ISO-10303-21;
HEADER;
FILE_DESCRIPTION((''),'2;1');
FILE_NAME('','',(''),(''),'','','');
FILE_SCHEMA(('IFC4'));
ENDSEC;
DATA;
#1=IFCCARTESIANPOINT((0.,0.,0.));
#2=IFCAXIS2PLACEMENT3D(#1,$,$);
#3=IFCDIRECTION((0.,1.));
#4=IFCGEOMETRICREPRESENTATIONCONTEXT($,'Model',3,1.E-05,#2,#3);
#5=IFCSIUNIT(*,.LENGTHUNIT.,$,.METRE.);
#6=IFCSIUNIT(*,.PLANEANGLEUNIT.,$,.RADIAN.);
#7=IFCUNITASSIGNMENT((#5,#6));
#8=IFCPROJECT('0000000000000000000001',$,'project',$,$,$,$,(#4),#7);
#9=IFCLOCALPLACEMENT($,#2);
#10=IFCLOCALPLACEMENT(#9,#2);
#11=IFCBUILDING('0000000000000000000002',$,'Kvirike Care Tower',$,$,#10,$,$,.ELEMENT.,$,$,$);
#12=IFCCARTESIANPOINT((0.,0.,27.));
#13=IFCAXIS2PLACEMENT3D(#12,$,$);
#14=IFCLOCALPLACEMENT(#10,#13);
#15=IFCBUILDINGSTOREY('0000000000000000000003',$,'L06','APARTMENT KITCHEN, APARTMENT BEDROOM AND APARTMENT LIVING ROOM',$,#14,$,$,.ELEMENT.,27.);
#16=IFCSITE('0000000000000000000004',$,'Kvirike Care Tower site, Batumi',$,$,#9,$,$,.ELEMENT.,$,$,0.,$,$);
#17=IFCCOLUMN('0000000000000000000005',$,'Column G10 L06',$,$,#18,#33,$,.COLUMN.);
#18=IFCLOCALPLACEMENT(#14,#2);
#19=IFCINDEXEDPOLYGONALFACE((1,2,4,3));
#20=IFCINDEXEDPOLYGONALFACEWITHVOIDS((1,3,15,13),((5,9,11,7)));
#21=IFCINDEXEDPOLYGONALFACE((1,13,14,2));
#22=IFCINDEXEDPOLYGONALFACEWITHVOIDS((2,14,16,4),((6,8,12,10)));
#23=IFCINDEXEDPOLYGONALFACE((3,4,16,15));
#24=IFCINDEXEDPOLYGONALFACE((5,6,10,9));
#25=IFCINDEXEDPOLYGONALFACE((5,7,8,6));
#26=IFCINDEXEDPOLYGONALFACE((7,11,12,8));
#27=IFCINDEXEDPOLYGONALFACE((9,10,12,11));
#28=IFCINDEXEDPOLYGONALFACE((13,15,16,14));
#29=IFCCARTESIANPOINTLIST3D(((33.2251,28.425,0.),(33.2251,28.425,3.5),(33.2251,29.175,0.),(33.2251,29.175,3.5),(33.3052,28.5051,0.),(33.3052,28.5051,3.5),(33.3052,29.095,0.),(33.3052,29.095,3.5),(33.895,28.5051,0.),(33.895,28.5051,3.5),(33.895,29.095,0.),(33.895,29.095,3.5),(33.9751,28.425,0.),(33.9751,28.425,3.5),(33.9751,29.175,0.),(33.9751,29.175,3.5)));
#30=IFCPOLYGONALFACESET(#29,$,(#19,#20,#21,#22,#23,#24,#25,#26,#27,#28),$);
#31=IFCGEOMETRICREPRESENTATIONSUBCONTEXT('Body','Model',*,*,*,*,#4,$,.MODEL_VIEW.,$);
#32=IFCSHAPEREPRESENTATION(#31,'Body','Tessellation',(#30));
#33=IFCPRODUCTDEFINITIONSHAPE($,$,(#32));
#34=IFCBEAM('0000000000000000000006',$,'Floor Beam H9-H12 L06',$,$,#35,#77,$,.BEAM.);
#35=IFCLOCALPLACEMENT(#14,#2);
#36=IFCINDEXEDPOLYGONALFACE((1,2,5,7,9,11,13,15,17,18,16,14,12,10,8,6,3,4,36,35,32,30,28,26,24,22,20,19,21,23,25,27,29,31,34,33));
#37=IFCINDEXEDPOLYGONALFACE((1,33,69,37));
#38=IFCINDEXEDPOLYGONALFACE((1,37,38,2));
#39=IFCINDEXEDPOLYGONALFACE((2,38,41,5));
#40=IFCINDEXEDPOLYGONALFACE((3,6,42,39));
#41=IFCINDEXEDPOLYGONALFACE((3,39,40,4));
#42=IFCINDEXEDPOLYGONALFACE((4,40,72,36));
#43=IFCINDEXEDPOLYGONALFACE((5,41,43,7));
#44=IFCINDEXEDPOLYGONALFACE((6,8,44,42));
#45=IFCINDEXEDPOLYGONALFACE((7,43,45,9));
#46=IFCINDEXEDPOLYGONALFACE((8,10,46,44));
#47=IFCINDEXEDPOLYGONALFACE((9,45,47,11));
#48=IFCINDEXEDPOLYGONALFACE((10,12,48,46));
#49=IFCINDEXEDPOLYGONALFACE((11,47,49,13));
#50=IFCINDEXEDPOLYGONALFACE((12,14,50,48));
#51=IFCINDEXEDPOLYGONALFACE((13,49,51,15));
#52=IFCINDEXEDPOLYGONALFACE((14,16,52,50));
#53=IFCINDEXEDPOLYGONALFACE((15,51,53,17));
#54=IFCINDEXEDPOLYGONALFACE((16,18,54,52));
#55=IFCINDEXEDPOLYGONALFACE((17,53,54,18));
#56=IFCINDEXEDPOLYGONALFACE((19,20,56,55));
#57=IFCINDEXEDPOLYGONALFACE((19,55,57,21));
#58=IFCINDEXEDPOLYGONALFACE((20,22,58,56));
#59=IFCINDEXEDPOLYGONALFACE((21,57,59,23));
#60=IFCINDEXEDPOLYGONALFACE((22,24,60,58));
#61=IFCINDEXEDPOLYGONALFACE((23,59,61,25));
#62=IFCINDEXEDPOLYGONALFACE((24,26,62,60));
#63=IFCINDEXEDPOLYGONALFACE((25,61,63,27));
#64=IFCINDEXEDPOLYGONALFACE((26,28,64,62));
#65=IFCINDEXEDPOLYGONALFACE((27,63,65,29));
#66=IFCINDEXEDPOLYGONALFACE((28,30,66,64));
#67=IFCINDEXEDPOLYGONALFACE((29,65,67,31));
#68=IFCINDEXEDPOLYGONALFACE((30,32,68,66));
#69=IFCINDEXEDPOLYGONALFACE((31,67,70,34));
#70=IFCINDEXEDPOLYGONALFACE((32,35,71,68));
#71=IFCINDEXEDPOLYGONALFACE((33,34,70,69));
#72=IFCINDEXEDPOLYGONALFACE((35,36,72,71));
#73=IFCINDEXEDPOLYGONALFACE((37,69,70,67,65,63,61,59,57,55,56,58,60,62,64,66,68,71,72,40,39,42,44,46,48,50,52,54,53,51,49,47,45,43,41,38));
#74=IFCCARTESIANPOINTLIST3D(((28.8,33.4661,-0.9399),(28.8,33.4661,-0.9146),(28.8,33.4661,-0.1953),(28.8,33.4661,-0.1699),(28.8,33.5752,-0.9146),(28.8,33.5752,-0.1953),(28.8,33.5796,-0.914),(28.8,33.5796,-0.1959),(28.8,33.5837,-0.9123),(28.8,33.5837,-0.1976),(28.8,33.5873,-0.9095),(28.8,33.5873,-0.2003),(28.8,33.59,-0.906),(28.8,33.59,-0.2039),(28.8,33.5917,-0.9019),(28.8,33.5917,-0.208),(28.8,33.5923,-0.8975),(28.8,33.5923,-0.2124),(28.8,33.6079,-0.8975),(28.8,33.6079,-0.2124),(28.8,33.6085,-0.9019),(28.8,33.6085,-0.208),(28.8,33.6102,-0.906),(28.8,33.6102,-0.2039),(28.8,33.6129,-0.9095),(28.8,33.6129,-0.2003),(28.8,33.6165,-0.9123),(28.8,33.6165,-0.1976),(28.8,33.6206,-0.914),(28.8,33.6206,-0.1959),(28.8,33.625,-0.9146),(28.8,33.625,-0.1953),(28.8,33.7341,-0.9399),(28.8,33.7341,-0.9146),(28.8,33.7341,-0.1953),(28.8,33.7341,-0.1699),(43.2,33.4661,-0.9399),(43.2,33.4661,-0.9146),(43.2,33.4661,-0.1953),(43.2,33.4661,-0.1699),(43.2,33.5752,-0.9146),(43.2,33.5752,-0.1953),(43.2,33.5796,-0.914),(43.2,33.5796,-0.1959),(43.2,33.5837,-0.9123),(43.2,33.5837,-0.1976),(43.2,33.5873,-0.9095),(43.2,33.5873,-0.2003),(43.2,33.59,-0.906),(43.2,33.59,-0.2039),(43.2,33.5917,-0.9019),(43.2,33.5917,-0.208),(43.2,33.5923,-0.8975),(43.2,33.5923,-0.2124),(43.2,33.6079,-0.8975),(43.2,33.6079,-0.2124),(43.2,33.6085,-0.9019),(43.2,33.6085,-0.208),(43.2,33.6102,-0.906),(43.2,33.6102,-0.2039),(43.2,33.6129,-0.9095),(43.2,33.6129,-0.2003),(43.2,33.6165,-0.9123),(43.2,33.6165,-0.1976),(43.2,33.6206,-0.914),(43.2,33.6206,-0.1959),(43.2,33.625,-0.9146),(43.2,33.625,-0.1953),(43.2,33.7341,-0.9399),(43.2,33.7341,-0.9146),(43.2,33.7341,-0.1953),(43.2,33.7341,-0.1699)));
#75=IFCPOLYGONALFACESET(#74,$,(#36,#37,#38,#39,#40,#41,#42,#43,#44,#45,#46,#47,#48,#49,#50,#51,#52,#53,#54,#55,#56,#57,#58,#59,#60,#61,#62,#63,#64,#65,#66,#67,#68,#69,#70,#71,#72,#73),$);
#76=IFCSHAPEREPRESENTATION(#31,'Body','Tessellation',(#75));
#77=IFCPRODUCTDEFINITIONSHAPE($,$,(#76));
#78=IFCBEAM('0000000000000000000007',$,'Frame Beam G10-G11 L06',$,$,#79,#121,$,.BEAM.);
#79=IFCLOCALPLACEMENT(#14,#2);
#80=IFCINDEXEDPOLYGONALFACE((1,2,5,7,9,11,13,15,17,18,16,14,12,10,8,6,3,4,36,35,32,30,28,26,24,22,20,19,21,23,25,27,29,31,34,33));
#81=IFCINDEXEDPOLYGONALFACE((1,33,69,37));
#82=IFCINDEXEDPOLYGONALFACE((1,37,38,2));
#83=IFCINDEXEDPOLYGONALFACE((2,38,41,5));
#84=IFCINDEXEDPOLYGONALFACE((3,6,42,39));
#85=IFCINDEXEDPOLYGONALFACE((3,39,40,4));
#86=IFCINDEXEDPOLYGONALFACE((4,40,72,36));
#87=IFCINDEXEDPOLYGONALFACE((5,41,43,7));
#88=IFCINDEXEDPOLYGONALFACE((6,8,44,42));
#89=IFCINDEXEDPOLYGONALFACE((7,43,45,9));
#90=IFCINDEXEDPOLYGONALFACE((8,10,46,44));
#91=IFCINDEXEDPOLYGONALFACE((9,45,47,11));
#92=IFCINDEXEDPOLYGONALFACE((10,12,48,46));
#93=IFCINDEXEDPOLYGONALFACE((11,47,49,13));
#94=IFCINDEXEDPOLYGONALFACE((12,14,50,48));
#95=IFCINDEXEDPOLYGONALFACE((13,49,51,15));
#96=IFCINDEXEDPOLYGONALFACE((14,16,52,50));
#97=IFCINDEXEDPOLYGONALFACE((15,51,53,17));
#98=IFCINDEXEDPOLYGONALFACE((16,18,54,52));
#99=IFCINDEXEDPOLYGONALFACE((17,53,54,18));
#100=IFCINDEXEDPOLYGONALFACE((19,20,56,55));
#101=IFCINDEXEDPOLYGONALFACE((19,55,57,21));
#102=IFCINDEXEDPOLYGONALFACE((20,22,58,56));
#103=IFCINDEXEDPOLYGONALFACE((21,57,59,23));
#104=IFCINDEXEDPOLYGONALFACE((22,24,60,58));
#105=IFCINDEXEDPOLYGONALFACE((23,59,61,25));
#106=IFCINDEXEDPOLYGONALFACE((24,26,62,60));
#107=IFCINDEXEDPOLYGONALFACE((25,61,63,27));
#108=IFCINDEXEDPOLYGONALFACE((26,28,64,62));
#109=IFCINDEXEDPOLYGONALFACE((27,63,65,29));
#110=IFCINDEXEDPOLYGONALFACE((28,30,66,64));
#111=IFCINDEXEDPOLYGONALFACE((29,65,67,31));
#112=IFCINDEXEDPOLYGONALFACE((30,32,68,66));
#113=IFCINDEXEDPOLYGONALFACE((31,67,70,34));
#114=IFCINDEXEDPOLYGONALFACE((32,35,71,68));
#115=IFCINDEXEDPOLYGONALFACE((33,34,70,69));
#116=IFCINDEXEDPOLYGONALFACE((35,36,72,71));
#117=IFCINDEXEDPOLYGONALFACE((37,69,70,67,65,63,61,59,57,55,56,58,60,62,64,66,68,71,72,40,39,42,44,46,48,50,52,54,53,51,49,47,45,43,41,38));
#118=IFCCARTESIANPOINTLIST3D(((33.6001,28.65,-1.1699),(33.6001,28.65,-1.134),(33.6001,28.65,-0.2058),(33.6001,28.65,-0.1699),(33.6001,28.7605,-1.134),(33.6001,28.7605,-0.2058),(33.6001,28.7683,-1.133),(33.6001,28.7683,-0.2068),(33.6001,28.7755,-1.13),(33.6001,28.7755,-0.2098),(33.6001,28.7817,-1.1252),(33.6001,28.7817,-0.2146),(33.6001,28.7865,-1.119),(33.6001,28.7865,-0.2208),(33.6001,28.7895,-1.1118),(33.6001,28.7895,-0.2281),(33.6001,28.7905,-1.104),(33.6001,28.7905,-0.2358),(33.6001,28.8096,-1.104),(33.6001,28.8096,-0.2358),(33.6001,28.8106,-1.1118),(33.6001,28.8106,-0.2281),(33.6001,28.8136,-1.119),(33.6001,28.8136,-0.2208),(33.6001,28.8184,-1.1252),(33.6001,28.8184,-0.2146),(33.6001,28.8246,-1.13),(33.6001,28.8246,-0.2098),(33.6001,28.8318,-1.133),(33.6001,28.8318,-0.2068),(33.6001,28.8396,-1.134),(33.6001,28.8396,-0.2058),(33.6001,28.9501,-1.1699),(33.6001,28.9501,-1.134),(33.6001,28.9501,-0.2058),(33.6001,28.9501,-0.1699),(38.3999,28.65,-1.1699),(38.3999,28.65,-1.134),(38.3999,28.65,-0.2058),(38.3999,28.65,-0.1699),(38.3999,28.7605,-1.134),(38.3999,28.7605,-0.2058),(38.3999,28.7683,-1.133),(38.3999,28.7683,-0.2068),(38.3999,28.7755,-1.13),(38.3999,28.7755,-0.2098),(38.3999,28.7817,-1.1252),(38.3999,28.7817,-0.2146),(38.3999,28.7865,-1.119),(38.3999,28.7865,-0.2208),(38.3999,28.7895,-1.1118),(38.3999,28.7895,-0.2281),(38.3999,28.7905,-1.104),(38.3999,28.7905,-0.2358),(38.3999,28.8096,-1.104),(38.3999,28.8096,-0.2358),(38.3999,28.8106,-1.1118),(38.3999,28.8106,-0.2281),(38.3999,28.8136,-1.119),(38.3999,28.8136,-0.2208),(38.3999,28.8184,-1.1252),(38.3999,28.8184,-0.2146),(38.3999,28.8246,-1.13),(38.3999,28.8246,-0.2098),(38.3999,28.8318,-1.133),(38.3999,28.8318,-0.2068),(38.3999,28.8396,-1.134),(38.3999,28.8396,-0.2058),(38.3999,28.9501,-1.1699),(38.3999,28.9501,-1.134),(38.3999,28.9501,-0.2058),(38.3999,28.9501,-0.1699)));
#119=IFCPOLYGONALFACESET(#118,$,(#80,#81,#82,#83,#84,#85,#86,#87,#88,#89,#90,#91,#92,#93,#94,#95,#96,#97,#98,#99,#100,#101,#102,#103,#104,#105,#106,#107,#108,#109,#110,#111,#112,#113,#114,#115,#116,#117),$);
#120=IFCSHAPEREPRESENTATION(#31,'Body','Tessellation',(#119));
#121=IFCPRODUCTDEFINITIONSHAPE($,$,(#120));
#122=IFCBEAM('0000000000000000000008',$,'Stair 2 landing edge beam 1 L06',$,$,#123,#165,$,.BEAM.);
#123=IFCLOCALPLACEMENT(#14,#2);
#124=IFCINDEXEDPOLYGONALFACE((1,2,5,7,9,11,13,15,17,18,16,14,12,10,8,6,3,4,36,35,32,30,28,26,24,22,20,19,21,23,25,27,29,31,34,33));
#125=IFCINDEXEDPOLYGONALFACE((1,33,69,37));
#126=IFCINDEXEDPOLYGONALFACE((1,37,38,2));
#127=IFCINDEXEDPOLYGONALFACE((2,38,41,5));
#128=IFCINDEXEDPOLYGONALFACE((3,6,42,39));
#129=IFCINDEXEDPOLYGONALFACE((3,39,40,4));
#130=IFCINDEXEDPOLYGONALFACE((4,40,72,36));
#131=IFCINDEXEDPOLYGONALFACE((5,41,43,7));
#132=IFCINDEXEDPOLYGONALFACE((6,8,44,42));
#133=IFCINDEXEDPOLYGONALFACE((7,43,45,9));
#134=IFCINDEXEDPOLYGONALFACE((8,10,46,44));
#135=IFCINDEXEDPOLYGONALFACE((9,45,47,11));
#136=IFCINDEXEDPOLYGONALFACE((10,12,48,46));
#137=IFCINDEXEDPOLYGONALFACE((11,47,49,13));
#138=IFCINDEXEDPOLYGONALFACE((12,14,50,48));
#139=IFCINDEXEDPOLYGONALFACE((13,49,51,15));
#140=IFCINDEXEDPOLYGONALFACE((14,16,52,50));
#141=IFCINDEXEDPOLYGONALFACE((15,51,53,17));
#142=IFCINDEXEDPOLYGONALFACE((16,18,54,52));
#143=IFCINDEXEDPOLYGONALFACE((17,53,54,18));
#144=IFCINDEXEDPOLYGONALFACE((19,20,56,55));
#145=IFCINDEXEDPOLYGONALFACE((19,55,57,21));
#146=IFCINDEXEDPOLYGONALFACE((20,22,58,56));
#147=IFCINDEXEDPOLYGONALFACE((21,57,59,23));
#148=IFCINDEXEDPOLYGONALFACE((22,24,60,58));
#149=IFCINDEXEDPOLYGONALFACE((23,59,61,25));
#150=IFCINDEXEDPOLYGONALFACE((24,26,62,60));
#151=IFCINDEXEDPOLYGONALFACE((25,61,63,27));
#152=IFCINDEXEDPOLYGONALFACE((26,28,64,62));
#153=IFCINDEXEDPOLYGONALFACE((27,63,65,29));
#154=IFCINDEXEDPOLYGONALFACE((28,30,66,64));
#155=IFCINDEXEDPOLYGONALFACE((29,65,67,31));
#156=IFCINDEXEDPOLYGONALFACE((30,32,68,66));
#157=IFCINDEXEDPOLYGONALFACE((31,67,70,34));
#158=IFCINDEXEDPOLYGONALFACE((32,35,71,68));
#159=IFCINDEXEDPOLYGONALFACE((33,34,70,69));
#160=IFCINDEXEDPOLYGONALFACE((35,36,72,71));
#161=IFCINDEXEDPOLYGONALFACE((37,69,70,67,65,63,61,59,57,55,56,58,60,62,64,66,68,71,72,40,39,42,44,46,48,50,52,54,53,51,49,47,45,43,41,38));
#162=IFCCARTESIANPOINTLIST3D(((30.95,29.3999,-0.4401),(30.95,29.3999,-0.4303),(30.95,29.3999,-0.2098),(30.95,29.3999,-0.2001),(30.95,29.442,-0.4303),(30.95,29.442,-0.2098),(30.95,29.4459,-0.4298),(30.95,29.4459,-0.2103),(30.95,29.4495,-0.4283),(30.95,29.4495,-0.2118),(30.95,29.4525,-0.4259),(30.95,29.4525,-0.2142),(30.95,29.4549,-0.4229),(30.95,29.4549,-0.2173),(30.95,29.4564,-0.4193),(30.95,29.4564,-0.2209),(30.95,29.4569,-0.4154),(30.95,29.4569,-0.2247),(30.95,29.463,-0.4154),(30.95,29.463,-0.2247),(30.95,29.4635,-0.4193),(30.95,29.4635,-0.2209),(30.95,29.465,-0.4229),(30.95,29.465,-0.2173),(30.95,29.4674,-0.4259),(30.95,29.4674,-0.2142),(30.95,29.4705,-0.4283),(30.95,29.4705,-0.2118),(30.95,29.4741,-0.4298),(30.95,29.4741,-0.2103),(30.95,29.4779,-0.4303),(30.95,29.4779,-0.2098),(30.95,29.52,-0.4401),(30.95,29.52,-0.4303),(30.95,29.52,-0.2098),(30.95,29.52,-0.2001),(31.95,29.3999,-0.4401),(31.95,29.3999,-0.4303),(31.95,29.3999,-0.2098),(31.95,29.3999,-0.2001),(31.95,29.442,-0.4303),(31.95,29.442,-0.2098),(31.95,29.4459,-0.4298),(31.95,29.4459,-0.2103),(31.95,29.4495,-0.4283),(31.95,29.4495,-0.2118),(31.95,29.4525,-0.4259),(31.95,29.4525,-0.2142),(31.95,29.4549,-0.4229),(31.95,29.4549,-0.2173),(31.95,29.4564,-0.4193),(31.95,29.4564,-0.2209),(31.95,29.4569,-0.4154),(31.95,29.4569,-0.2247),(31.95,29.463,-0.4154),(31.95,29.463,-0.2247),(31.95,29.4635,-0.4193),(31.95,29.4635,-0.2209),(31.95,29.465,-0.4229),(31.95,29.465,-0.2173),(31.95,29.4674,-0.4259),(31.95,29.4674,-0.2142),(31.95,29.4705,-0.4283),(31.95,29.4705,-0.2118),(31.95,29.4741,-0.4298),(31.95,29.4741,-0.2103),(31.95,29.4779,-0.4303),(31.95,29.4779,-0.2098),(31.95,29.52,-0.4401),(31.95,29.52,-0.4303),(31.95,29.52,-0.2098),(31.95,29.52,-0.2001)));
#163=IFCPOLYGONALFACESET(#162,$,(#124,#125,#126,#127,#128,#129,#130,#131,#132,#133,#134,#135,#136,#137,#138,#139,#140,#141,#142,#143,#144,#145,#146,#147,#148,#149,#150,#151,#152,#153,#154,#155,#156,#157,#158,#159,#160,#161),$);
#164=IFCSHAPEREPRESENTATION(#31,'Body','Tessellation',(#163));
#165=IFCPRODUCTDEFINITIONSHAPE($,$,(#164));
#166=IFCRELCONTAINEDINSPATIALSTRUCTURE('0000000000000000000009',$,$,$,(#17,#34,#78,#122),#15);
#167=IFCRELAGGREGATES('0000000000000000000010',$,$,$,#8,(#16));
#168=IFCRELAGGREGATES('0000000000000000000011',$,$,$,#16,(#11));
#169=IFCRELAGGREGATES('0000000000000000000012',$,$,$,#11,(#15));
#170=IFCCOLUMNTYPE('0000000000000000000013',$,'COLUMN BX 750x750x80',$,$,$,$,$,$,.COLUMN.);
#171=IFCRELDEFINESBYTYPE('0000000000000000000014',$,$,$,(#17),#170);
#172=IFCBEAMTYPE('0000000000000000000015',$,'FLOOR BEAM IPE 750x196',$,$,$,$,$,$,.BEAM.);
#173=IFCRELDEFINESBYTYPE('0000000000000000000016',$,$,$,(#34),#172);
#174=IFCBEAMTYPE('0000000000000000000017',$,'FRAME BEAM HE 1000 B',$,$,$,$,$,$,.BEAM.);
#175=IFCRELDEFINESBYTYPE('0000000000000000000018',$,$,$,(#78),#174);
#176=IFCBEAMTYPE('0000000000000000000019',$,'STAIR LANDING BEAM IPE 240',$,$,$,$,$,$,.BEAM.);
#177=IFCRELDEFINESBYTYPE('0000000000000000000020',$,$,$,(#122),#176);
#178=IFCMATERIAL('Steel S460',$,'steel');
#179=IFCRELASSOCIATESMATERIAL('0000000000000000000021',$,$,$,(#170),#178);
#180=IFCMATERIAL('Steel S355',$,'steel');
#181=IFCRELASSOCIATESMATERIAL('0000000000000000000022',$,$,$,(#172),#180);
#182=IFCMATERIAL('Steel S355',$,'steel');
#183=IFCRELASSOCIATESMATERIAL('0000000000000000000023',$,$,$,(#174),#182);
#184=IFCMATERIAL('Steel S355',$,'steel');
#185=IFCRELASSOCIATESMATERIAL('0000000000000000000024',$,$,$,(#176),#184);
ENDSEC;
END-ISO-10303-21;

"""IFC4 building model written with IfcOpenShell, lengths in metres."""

from ifc_helpers import new_model, si_unit, direction, frame, origin, origin_2d, place, context, subcontext, project, spatial, hollow_rectangle, i_section, extrude, material, material_profile, profile_set, type_object, element, save


model = new_model("IFC4")

# Units and contexts
model_context = context("Model", 3, precision=1e-05, world=origin(), true_north=direction((0.0, 1.0)))
body_context = subcontext(model_context, "Body", "Model", "MODEL_VIEW")
ifc_project = project(units=[si_unit("LENGTHUNIT", "METRE"), si_unit("PLANEANGLEUNIT", "RADIAN")], contexts=[model_context])

# Site, building, storey
site_placement = place(None, origin())
site = spatial("IfcSite", under=ifc_project, at=site_placement, Name="Kvirike Care Tower site, Batumi", CompositionType="ELEMENT", RefElevation=0.0)
building_placement = place(site_placement, origin())
building = spatial("IfcBuilding", under=site, at=building_placement, Name="Kvirike Care Tower", CompositionType="ELEMENT")
storey_placement = place(building_placement, frame((0.0, 0.0, 27.0)))
storey = spatial("IfcBuildingStorey", under=building, at=storey_placement, Name="L06", Description="APARTMENT KITCHEN, APARTMENT BEDROOM AND APARTMENT LIVING ROOM", CompositionType="ELEMENT", Elevation=27.0)

# Column
ifc_material_1 = material(Name="Steel S460", Category="steel")
ifc_material_profile_1 = material_profile(ifc_material_1, hollow_rectangle(XDim=0.75, YDim=0.75, WallThickness=0.0801, at=origin_2d()), Name="BX 750x750x80")
ifc_profile_set_1 = profile_set([ifc_material_profile_1], Name="Steel S460")
column_type = type_object("IfcColumnType", Name="COLUMN BX 750x750x80", PredefinedType="COLUMN", material=ifc_profile_set_1)
column_placement = place(storey_placement, frame((33.6001, 28.8, 0.0), z_axis=(0.0, 0.0, 1.0), x_axis=(0.0, 1.0, 0.0)))
element("IfcColumn", 1, at=column_placement, inside=storey, type_object=column_type, Name="Column G10 L06", PredefinedType="COLUMN", context=body_context, shape_type="SweptSolid", body=[
    extrude(hollow_rectangle(XDim=0.75, YDim=0.75, WallThickness=0.0801, at=origin_2d()), origin(), (0.0, 0.0, 1.0), 3.5),
])

# Beams
ifc_material_2 = material(Name="Steel S355", Category="steel")
ifc_material_profile_2 = material_profile(ifc_material_2, i_section(OverallWidth=0.2681, OverallDepth=0.77, WebThickness=0.0156, FlangeThickness=0.0254, FilletRadius=0.0171, at=origin_2d()), Name="IPE 750x196")
ifc_profile_set_2 = profile_set([ifc_material_profile_2], Name="Steel S355")
beam_type_1 = type_object("IfcBeamType", Name="FLOOR BEAM IPE 750x196", PredefinedType="BEAM", material=ifc_profile_set_2)
beam_1_placement = place(storey_placement, frame((28.8, 33.6001, -0.5549), z_axis=(1.0, 0.0, 0.0), x_axis=(0.0, 1.0, 0.0)))
element("IfcBeam", 2, at=beam_1_placement, inside=storey, type_object=beam_type_1, Name="Floor Beam H9-H12 L06", PredefinedType="BEAM", context=body_context, shape_type="SweptSolid", body=[
    extrude(i_section(OverallWidth=0.2681, OverallDepth=0.77, WebThickness=0.0156, FlangeThickness=0.0254, FilletRadius=0.0171, at=origin_2d()), origin(), (0.0, 0.0, 1.0), 14.3999),
])
ifc_material_3 = material(Name="Steel S355", Category="steel")
ifc_material_profile_3 = material_profile(ifc_material_3, i_section(OverallWidth=0.3, OverallDepth=1.0, WebThickness=0.019, FlangeThickness=0.0359, FilletRadius=0.03, at=origin_2d()), Name="HE 1000 B")
ifc_profile_set_3 = profile_set([ifc_material_profile_3], Name="Steel S355")
beam_type_2 = type_object("IfcBeamType", Name="FRAME BEAM HE 1000 B", PredefinedType="BEAM", material=ifc_profile_set_3)
beam_2_placement = place(storey_placement, frame((33.6001, 28.8, -0.6699), z_axis=(1.0, 0.0, 0.0), x_axis=(0.0, 1.0, 0.0)))
element("IfcBeam", 3, at=beam_2_placement, inside=storey, type_object=beam_type_2, Name="Frame Beam G10-G11 L06", PredefinedType="BEAM", context=body_context, shape_type="SweptSolid", body=[
    extrude(i_section(OverallWidth=0.3, OverallDepth=1.0, WebThickness=0.019, FlangeThickness=0.0359, FilletRadius=0.03, at=origin_2d()), origin(), (0.0, 0.0, 1.0), 4.7998),
])
ifc_material_4 = material(Name="Steel S355", Category="steel")
ifc_material_profile_4 = material_profile(ifc_material_4, i_section(OverallWidth=0.1201, OverallDepth=0.24, WebThickness=0.0061, FlangeThickness=0.0098, FilletRadius=0.0149, at=origin_2d()), Name="IPE 240")
ifc_profile_set_4 = profile_set([ifc_material_profile_4], Name="Steel S355")
beam_type_3 = type_object("IfcBeamType", Name="STAIR LANDING BEAM IPE 240", PredefinedType="BEAM", material=ifc_profile_set_4)
for number, where, z_axis, x_axis, name in (
    (4, (31.95, 29.46, -0.3201), (-1.0, 0.0, 0.0), (0.0, -1.0, 0.0), "Stair 2 landing edge beam 1 L06"),
):
    element("IfcBeam", number, at=place(storey_placement, frame(where, z_axis=z_axis, x_axis=x_axis)), inside=storey, type_object=beam_type_3, Name=name, PredefinedType="BEAM", context=body_context, shape_type="SweptSolid", body=[
        extrude(i_section(OverallWidth=0.1201, OverallDepth=0.24, WebThickness=0.0061, FlangeThickness=0.0098, FilletRadius=0.0149, at=origin_2d()), origin(), (0.0, 0.0, 1.0), 1.0),
    ])

save(model, "model.ifc")
